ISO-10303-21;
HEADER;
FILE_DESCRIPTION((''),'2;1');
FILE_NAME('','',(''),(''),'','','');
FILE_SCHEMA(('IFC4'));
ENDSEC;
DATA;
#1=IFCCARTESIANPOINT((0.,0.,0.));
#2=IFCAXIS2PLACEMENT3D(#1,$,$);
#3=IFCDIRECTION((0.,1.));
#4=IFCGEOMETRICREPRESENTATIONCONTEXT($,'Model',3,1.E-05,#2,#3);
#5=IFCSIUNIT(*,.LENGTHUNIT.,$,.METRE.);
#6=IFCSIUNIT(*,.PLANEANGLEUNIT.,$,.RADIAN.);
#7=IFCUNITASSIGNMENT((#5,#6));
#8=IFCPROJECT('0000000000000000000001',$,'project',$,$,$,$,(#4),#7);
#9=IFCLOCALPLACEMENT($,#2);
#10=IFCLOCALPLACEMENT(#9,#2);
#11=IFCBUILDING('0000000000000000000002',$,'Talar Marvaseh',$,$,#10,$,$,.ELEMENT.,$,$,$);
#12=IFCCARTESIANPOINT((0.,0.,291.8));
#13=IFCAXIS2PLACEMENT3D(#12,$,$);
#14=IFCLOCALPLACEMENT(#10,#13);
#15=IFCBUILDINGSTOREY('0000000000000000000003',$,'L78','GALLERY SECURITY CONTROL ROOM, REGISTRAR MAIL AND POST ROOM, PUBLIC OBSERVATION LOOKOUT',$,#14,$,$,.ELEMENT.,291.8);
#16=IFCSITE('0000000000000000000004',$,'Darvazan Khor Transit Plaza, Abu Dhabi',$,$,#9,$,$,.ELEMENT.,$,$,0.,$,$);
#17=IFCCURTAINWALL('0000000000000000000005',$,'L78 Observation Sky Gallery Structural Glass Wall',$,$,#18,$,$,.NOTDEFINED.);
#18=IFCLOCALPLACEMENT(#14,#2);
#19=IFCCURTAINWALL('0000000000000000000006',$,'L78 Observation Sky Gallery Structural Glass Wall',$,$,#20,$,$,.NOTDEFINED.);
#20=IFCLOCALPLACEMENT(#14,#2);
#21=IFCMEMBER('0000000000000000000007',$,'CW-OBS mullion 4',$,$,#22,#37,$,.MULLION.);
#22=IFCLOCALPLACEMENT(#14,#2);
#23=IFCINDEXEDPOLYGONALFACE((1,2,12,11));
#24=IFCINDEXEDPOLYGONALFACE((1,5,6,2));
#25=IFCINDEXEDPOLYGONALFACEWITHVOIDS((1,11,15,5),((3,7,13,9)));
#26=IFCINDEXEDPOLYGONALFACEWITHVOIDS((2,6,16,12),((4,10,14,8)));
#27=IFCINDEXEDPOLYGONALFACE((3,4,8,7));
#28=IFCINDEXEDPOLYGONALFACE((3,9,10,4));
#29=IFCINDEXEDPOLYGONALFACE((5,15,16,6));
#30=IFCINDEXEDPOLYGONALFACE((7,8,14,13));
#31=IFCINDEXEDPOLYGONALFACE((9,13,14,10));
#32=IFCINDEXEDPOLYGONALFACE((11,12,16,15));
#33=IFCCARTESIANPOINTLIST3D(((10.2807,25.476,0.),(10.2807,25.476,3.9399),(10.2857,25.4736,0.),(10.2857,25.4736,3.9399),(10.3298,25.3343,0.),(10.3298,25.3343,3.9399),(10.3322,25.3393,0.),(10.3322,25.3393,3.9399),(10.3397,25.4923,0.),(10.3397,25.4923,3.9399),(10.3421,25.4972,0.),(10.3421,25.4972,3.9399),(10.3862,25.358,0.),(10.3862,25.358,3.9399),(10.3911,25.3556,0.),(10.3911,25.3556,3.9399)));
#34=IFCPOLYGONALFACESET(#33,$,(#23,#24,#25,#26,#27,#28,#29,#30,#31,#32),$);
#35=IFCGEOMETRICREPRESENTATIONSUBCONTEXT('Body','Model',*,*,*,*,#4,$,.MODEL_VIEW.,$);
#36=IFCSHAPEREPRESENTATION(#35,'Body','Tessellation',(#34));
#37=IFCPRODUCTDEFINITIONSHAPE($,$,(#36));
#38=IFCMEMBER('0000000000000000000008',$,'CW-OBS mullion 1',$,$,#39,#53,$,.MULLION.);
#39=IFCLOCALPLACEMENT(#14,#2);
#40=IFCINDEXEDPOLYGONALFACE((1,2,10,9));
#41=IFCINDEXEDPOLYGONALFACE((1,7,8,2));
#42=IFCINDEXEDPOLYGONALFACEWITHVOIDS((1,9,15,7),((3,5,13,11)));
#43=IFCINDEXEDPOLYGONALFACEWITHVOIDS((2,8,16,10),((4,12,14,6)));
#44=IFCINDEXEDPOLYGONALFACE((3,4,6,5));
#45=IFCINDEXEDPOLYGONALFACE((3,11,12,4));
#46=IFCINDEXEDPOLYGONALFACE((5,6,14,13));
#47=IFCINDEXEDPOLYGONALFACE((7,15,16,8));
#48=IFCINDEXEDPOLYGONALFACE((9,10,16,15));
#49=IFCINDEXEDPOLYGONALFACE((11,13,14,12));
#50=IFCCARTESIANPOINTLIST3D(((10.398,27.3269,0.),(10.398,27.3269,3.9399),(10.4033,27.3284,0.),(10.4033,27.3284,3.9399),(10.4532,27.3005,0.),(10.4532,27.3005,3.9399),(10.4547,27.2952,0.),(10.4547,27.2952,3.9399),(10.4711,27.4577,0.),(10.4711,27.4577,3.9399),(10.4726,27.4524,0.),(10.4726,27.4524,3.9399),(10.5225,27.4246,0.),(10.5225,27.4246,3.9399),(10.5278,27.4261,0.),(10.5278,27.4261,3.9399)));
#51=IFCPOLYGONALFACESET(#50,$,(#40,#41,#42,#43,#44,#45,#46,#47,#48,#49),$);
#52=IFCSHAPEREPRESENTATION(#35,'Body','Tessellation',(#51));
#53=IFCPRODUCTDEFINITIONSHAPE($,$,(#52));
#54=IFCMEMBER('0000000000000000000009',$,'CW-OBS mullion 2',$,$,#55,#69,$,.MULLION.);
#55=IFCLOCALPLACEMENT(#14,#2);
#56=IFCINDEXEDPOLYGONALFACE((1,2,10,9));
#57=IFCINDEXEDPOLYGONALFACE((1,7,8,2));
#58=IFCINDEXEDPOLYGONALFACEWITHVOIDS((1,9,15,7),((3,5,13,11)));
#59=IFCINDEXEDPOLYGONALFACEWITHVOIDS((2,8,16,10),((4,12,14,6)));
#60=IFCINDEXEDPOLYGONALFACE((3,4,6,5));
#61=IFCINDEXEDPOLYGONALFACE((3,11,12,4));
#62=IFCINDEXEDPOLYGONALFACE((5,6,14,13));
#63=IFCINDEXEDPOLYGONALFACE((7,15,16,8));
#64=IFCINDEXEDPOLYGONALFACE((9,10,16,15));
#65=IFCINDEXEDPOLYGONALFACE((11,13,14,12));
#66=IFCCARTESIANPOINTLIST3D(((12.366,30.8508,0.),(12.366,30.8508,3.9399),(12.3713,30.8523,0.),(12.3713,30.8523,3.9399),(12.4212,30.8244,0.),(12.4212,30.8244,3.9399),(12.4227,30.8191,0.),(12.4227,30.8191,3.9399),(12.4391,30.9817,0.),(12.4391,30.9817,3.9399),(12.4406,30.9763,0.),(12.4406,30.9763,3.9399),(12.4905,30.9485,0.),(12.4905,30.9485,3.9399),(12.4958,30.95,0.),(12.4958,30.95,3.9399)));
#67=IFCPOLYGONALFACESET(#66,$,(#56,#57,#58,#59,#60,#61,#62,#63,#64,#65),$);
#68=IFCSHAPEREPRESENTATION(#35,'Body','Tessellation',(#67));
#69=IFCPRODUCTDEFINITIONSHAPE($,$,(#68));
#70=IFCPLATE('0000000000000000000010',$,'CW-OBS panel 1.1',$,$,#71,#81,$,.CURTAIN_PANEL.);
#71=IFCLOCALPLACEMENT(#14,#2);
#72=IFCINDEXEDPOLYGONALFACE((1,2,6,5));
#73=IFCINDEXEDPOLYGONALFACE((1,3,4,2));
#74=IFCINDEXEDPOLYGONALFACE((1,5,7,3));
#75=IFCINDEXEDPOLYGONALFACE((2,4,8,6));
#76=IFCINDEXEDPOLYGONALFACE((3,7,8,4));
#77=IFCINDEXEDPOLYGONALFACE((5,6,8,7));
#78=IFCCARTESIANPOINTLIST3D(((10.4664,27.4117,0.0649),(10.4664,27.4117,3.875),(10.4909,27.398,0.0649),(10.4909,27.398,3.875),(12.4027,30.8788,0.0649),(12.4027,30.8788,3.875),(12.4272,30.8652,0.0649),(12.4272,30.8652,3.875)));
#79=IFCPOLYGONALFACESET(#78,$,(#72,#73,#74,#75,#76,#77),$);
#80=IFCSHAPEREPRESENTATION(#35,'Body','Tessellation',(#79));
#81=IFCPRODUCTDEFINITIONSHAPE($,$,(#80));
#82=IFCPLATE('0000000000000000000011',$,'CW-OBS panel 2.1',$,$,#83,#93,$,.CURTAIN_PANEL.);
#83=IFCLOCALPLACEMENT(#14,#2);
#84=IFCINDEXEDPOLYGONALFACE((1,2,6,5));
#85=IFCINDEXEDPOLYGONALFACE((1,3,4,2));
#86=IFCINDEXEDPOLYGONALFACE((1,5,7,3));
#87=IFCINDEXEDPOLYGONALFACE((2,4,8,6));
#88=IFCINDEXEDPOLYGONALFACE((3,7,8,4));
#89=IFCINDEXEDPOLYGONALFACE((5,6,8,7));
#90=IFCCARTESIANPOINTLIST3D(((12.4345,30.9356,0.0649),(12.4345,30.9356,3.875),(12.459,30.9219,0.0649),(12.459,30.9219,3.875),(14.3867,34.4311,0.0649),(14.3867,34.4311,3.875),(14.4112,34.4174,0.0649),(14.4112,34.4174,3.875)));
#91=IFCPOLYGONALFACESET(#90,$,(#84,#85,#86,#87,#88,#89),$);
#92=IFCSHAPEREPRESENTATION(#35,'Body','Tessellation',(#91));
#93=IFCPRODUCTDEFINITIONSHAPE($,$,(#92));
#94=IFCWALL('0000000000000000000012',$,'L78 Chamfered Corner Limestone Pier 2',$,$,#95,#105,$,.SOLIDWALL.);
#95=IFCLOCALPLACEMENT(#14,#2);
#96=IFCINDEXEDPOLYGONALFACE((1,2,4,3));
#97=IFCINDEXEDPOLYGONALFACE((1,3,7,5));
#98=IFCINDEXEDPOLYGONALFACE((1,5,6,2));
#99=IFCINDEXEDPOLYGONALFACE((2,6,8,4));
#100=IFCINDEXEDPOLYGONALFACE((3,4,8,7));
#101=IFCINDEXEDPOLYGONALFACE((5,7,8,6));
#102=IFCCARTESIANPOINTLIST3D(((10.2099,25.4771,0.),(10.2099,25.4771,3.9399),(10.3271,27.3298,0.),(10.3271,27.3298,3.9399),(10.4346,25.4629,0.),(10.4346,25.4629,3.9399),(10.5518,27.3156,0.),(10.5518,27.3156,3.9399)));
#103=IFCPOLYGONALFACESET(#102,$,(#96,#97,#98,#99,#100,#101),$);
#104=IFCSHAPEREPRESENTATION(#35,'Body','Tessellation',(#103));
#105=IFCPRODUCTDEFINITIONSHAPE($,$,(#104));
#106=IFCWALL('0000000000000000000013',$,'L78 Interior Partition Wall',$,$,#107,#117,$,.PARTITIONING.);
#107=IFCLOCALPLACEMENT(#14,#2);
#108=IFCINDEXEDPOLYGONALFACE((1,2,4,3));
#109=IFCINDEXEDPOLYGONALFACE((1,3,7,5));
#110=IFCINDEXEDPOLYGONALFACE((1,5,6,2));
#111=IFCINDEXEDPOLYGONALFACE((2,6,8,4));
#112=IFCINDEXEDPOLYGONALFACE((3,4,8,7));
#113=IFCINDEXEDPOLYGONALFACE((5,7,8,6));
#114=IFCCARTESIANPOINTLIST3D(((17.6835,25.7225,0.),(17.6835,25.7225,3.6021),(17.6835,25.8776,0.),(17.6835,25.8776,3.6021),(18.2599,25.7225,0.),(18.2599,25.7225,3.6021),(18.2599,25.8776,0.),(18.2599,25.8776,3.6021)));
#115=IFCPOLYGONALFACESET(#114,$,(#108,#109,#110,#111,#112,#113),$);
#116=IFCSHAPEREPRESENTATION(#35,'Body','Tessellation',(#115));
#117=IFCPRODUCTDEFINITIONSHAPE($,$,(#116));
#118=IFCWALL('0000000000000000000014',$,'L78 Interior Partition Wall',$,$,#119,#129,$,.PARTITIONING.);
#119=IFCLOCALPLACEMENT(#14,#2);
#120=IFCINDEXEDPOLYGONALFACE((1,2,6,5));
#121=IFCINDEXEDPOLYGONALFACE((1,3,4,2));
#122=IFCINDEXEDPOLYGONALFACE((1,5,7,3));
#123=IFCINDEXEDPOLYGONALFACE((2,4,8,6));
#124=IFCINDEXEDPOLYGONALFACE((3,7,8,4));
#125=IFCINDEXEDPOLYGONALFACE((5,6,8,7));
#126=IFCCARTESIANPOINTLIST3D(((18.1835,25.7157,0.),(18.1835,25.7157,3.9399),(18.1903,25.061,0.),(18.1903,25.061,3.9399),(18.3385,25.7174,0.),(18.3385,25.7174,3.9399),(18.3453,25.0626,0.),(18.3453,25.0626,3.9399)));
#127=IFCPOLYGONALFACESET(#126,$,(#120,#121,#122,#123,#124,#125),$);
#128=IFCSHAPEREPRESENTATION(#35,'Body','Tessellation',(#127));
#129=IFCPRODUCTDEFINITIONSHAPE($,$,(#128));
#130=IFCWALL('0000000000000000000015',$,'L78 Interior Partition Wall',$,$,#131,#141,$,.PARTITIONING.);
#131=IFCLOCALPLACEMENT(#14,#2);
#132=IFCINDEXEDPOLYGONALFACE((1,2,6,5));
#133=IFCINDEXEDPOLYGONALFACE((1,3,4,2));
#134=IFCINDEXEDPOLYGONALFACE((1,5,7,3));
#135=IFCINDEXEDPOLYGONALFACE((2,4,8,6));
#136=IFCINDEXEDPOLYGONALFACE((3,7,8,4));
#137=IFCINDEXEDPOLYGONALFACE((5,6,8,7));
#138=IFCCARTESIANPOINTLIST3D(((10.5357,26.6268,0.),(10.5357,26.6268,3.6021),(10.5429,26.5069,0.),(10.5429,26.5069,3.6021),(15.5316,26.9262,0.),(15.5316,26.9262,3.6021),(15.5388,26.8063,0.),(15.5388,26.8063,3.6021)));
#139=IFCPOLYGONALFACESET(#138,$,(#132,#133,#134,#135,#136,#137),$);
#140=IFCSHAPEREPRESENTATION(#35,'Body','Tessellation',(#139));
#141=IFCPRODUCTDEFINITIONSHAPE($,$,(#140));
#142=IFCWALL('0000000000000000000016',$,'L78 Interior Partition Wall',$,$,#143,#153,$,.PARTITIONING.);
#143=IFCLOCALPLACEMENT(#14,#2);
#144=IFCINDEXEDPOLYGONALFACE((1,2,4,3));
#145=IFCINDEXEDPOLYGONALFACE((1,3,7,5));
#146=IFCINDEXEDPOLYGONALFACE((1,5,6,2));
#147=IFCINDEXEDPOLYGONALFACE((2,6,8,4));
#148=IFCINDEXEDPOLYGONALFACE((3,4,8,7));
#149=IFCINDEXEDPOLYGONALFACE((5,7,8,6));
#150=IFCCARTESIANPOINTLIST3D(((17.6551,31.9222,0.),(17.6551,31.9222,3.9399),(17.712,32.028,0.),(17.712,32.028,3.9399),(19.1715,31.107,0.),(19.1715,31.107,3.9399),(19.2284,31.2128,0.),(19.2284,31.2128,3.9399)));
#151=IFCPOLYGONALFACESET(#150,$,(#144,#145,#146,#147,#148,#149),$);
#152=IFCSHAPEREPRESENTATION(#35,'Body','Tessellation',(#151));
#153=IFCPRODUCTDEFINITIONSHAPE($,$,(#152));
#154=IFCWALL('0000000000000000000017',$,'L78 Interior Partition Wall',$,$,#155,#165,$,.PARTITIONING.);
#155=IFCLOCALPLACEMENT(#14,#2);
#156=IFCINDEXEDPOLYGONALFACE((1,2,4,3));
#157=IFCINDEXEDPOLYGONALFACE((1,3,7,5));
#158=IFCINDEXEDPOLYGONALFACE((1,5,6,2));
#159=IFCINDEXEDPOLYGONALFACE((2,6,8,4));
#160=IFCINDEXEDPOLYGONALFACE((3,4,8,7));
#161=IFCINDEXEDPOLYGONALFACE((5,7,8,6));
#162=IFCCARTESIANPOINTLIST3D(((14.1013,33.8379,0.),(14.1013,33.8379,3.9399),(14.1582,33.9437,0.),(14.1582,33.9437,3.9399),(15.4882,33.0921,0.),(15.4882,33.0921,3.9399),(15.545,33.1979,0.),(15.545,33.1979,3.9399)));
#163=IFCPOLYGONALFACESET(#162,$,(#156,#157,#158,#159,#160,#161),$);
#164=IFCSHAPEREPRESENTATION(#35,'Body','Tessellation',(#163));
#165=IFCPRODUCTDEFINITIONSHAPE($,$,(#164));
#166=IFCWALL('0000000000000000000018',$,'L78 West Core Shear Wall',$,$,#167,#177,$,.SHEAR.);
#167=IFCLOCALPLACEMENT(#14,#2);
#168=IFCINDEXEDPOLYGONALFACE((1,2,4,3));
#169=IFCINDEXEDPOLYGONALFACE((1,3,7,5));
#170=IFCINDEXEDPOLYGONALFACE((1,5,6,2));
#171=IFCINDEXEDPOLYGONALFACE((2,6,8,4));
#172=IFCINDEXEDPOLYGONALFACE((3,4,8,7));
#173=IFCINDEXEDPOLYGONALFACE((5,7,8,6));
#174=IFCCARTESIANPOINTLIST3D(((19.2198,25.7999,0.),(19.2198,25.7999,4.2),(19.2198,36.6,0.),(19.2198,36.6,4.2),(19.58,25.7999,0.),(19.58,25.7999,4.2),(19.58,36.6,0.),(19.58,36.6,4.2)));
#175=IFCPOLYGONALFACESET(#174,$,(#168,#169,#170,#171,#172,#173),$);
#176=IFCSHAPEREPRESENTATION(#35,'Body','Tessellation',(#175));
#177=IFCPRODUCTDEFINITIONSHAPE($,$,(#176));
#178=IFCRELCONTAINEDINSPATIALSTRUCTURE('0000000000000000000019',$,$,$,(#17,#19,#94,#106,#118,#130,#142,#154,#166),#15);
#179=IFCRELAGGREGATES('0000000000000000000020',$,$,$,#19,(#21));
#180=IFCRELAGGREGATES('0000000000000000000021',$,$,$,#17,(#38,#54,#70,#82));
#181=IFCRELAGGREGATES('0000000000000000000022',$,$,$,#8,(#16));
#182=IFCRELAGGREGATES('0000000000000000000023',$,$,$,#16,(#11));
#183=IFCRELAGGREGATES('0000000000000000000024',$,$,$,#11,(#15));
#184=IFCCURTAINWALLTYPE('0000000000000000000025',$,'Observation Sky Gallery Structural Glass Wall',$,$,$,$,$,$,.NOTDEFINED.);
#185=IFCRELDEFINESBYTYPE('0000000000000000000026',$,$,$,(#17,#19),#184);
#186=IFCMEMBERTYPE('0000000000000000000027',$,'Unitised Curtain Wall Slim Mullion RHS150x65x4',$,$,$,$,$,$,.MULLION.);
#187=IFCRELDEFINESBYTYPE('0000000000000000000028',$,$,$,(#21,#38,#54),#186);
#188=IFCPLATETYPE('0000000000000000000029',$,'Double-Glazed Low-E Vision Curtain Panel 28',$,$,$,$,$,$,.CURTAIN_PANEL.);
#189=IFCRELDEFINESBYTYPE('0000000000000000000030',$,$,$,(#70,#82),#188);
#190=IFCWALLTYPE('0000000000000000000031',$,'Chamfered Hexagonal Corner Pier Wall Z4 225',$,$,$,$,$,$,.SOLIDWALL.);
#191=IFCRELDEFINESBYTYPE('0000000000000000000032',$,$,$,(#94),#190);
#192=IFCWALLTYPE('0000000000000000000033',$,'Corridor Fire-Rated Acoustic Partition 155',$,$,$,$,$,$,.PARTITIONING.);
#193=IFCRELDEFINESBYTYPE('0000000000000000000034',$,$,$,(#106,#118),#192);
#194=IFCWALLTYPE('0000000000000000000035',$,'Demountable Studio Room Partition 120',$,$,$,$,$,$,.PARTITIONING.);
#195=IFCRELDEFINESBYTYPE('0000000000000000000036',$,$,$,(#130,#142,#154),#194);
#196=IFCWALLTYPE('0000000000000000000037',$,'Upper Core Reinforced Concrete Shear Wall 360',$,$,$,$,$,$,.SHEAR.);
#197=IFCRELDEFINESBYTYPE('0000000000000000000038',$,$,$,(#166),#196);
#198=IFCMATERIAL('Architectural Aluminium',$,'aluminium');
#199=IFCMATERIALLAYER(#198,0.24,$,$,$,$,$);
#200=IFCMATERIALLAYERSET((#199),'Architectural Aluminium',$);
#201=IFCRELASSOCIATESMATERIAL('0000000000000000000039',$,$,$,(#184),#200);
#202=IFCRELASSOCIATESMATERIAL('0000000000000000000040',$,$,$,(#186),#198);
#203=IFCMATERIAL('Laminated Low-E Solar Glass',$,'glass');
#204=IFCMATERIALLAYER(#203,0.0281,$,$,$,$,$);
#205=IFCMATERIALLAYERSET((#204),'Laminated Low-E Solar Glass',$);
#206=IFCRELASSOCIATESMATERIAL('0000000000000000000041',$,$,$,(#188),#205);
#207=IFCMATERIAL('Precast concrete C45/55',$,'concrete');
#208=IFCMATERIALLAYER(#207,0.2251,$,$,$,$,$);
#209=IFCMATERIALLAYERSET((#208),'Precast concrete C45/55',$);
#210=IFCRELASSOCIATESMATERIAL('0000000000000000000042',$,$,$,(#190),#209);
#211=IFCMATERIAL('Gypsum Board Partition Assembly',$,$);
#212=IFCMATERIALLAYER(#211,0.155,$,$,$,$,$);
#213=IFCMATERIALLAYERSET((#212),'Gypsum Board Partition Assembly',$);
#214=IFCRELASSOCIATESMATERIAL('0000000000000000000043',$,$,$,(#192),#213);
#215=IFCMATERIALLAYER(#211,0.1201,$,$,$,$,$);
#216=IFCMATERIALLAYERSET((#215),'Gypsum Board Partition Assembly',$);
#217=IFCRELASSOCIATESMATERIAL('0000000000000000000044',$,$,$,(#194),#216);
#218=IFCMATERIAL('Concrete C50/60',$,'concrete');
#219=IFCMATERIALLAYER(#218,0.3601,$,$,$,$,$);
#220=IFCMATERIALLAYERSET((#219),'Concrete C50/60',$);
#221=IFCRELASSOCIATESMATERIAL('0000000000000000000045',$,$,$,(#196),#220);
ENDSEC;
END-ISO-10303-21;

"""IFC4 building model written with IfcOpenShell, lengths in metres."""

from ifc_helpers import new_model, si_unit, direction, frame, frame_2d, origin, origin_2d, place, context, subcontext, project, spatial, rectangle, hollow_rectangle, extrude, source, transform, mapped, material, layer, layer_set, material_profile, profile_set, type_object, type_shapes, element, aggregate, save


model = new_model("IFC4")

# Units and contexts
model_context = context("Model", 3, precision=1e-05, world=origin(), true_north=direction((0.0, 1.0)))
body_context = subcontext(model_context, "Body", "Model", "MODEL_VIEW")
ifc_project = project(units=[si_unit("LENGTHUNIT", "METRE"), si_unit("PLANEANGLEUNIT", "RADIAN")], contexts=[model_context])

# Site, building, storey
site_placement = place(None, origin())
site = spatial("IfcSite", under=ifc_project, at=site_placement, Name="Darvazan Khor Transit Plaza, Abu Dhabi", CompositionType="ELEMENT", RefElevation=0.0)
building_placement = place(site_placement, origin())
building = spatial("IfcBuilding", under=site, at=building_placement, Name="Talar Marvaseh", CompositionType="ELEMENT")
storey_placement = place(building_placement, frame((0.0, 0.0, 291.8)))
storey = spatial("IfcBuildingStorey", under=building, at=storey_placement, Name="L78", Description="GALLERY SECURITY CONTROL ROOM, REGISTRAR MAIL AND POST ROOM, PUBLIC OBSERVATION LOOKOUT", CompositionType="ELEMENT", Elevation=291.8)

# Shared definitions
ifc_material_1 = material(Name="Concrete C50/60", Category="concrete")

# Curtain wall
ifc_material_2 = material(Name="Architectural Aluminium", Category="aluminium")
ifc_layer_1 = layer(ifc_material_2, 0.24)
ifc_layer_set_1 = layer_set([ifc_layer_1], Name="Architectural Aluminium")
curtain_wall_type = type_object("IfcCurtainWallType", Name="Observation Sky Gallery Structural Glass Wall", PredefinedType="NOTDEFINED", material=ifc_layer_set_1)
curtain_wall_1_placement = place(storey_placement, origin())
curtain_wall_1 = element("IfcCurtainWall", 1, at=curtain_wall_1_placement, inside=storey, type_object=curtain_wall_type, Name="L78 Observation Sky Gallery Structural Glass Wall", PredefinedType="NOTDEFINED")

# Curtain wall, member
curtain_wall_2_placement = place(storey_placement, origin())
curtain_wall_2 = element("IfcCurtainWall", 2, at=curtain_wall_2_placement, inside=storey, type_object=curtain_wall_type, Name="L78 Observation Sky Gallery Structural Glass Wall", PredefinedType="NOTDEFINED")
ifc_material_profile_1 = material_profile(ifc_material_2, hollow_rectangle(XDim=0.0649, YDim=0.1499, WallThickness=0.0039, at=origin_2d()), Name="RHS150x65x4")
ifc_profile_set_1 = profile_set([ifc_material_profile_1], Name="Architectural Aluminium")
member_type_1 = type_object("IfcMemberType", Name="Unitised Curtain Wall Slim Mullion RHS150x65x4", PredefinedType="MULLION", material=ifc_profile_set_1)
shared_shape_1 = source(origin(), body_context, "Body", "SweptSolid", [
    extrude(hollow_rectangle(XDim=0.0649, YDim=0.1499, WallThickness=0.0039, at=origin_2d()), origin(), (0.0, 0.0, 1.0), 3.9399),
])
type_shapes(member_type_1, [shared_shape_1])
member_1_placement = place(storey_placement, frame((10.3359, 25.4158, 0.0), z_axis=(0.0, 0.0, 1.0), x_axis=(-0.944972, -0.327151, 0.0)))
member_1 = element("IfcMember", 3, at=member_1_placement, type_object=member_type_1, Name="CW-OBS mullion 4", PredefinedType="MULLION", context=body_context, shape_type="MappedRepresentation", body=[
    mapped(shared_shape_1, transform((0.0, 0.0, 0.0), x_axis=(1.0, 0.0, 0.0), y_axis=(0.0, 1.0, 0.0), z_axis=(0.0, 0.0, 1.0), scale=1.0)),
])
aggregate(curtain_wall_2, [member_1])

# Members
member_2_placement = place(storey_placement, frame((10.4629, 27.3765, 0.0), z_axis=(0.0, 0.0, 1.0), x_axis=(-0.873073, 0.487589, 0.0)))
member_2 = element("IfcMember", 4, at=member_2_placement, type_object=member_type_1, Name="CW-OBS mullion 1", PredefinedType="MULLION", context=body_context, shape_type="MappedRepresentation", body=[
    mapped(shared_shape_1, transform((0.0, 0.0, 0.0), x_axis=(1.0, 0.0, 0.0), y_axis=(0.0, 1.0, 0.0), z_axis=(0.0, 0.0, 1.0), scale=1.0)),
])
member_3_placement = place(storey_placement, frame((12.4309, 30.9004, 0.0), z_axis=(0.0, 0.0, 1.0), x_axis=(-0.873073, 0.487589, 0.0)))
member_3 = element("IfcMember", 5, at=member_3_placement, type_object=member_type_1, Name="CW-OBS mullion 2", PredefinedType="MULLION", context=body_context, shape_type="MappedRepresentation", body=[
    mapped(shared_shape_1, transform((0.0, 0.0, 0.0), x_axis=(1.0, 0.0, 0.0), y_axis=(0.0, 1.0, 0.0), z_axis=(0.0, 0.0, 1.0), scale=1.0)),
])

# Plates
ifc_material_3 = material(Name="Laminated Low-E Solar Glass", Category="glass")
ifc_layer_2 = layer(ifc_material_3, 0.0281)
ifc_layer_set_2 = layer_set([ifc_layer_2], Name="Laminated Low-E Solar Glass")
plate_type = type_object("IfcPlateType", Name="Double-Glazed Low-E Vision Curtain Panel 28", PredefinedType="CURTAIN_PANEL", material=ifc_layer_set_2)
shared_shape_2 = source(origin(), body_context, "Body", "SweptSolid", [
    extrude(rectangle(XDim=3.9712, YDim=0.0281, at=origin_2d()), origin(), (0.0, 0.0, 1.0), 3.8101),
])
plate_1_placement = place(storey_placement, frame((11.4468, 29.1384, 0.0649), z_axis=(0.0, 0.0, 1.0), x_axis=(0.487589, 0.873073, 0.0)))
plate_1 = element("IfcPlate", 6, at=plate_1_placement, type_object=plate_type, Name="CW-OBS panel 1.1", PredefinedType="CURTAIN_PANEL", context=body_context, shape_type="MappedRepresentation", body=[
    mapped(shared_shape_2, transform((0.0, 0.0, 0.0), x_axis=(1.0, 0.0, 0.0), y_axis=(0.0, 1.0, 0.0), z_axis=(0.0, 0.0, 1.0), scale=1.0)),
])
shared_shape_3 = source(origin(), body_context, "Body", "SweptSolid", [
    extrude(rectangle(XDim=4.0037, YDim=0.0281, at=origin_2d()), origin(), (0.0, 0.0, 1.0), 3.8101),
])
type_shapes(plate_type, [shared_shape_2, shared_shape_3])
plate_2_placement = place(storey_placement, frame((13.4229, 32.6765, 0.0649), z_axis=(0.0, 0.0, 1.0), x_axis=(0.487589, 0.873073, 0.0)))
plate_2 = element("IfcPlate", 7, at=plate_2_placement, type_object=plate_type, Name="CW-OBS panel 2.1", PredefinedType="CURTAIN_PANEL", context=body_context, shape_type="MappedRepresentation", body=[
    mapped(shared_shape_3, transform((0.0, 0.0, 0.0), x_axis=(1.0, 0.0, 0.0), y_axis=(0.0, 1.0, 0.0), z_axis=(0.0, 0.0, 1.0), scale=1.0)),
])
aggregate(curtain_wall_1, [member_2, member_3, plate_1, plate_2])

# Walls
ifc_material_4 = material(Name="Precast concrete C45/55", Category="concrete")
ifc_layer_3 = layer(ifc_material_4, 0.2251)
ifc_layer_set_3 = layer_set([ifc_layer_3], Name="Precast concrete C45/55")
wall_type_1 = type_object("IfcWallType", Name="Chamfered Hexagonal Corner Pier Wall Z4 225", PredefinedType="SOLIDWALL", material=ifc_layer_set_3)
wall_1_placement = place(storey_placement, frame((10.3223, 25.47, 0.0), z_axis=(0.0, 0.0, 1.0), x_axis=(0.063123, 0.998006, 0.0)))
element("IfcWall", 8, at=wall_1_placement, inside=storey, type_object=wall_type_1, Name="L78 Chamfered Corner Limestone Pier 2", PredefinedType="SOLIDWALL", context=body_context, shape_type="SweptSolid", body=[
    extrude(rectangle(XDim=1.8564, YDim=0.2251, at=frame_2d((0.9282, 0.0))), origin(), (0.0, 0.0, 1.0), 3.9399),
])
ifc_material_5 = material(Name="Gypsum Board Partition Assembly")
ifc_layer_4 = layer(ifc_material_5, 0.155)
ifc_layer_set_4 = layer_set([ifc_layer_4], Name="Gypsum Board Partition Assembly")
wall_type_2 = type_object("IfcWallType", Name="Corridor Fire-Rated Acoustic Partition 155", PredefinedType="PARTITIONING", material=ifc_layer_set_4)
wall_2_placement = place(storey_placement, frame((17.6836, 25.8, 0.0), z_axis=(0.0, 0.0, 1.0), x_axis=(1.0, 0.0, 0.0)))
element("IfcWall", 9, at=wall_2_placement, inside=storey, type_object=wall_type_2, Name="L78 Interior Partition Wall", PredefinedType="PARTITIONING", context=body_context, shape_type="SweptSolid", body=[
    extrude(rectangle(XDim=0.5764, YDim=0.155, at=frame_2d((0.2881, 0.0))), origin(), (0.0, 0.0, 1.0), 3.6021),
])
wall_3_placement = place(storey_placement, frame((18.261, 25.7166, 0.0), z_axis=(0.0, 0.0, 1.0), x_axis=(0.010439, -0.999946, 0.0)))
element("IfcWall", 10, at=wall_3_placement, inside=storey, type_object=wall_type_2, Name="L78 Interior Partition Wall", PredefinedType="PARTITIONING", context=body_context, shape_type="SweptSolid", body=[
    extrude(rectangle(XDim=0.6548, YDim=0.155, at=frame_2d((0.3274, 0.0))), origin(), (0.0, 0.0, 1.0), 3.9399),
])
ifc_layer_5 = layer(ifc_material_5, 0.1201)
ifc_layer_set_5 = layer_set([ifc_layer_5], Name="Gypsum Board Partition Assembly")
wall_type_3 = type_object("IfcWallType", Name="Demountable Studio Room Partition 120", PredefinedType="PARTITIONING", material=ifc_layer_set_5)
wall_4_placement = place(storey_placement, frame((10.5393, 26.5669, 0.0), z_axis=(0.0, 0.0, 1.0), x_axis=(0.99821, 0.059806, 0.0)))
element("IfcWall", 11, at=wall_4_placement, inside=storey, type_object=wall_type_3, Name="L78 Interior Partition Wall", PredefinedType="PARTITIONING", context=body_context, shape_type="SweptSolid", body=[
    extrude(rectangle(XDim=5.0049, YDim=0.1201, at=frame_2d((2.5024, 0.0))), origin(), (0.0, 0.0, 1.0), 3.6021),
])
wall_5_placement = place(storey_placement, frame((19.2, 31.1599, 0.0), z_axis=(0.0, 0.0, 1.0), x_axis=(-0.88079, 0.473508, 0.0)))
element("IfcWall", 12, at=wall_5_placement, inside=storey, type_object=wall_type_3, Name="L78 Interior Partition Wall", PredefinedType="PARTITIONING", context=body_context, shape_type="SweptSolid", body=[
    extrude(rectangle(XDim=1.7217, YDim=0.1201, at=frame_2d((0.8608, 0.0))), origin(), (0.0, 0.0, 1.0), 3.9399),
])
wall_6_placement = place(storey_placement, frame((15.5166, 33.145, 0.0), z_axis=(0.0, 0.0, 1.0), x_axis=(-0.88073, 0.473619, 0.0)))
element("IfcWall", 13, at=wall_6_placement, inside=storey, type_object=wall_type_3, Name="L78 Interior Partition Wall", PredefinedType="PARTITIONING", context=body_context, shape_type="SweptSolid", body=[
    extrude(rectangle(XDim=1.5747, YDim=0.1201, at=frame_2d((0.7874, 0.0))), origin(), (0.0, 0.0, 1.0), 3.9399),
])
ifc_layer_6 = layer(ifc_material_1, 0.3601)
ifc_layer_set_6 = layer_set([ifc_layer_6], Name="Concrete C50/60")
wall_type_4 = type_object("IfcWallType", Name="Upper Core Reinforced Concrete Shear Wall 360", PredefinedType="SHEAR", material=ifc_layer_set_6)
wall_7_placement = place(storey_placement, frame((19.3999, 25.8, 0.0), z_axis=(0.0, 0.0, 1.0), x_axis=(0.0, 1.0, 0.0)))
element("IfcWall", 14, at=wall_7_placement, inside=storey, type_object=wall_type_4, Name="L78 West Core Shear Wall", PredefinedType="SHEAR", context=body_context, shape_type="SweptSolid", body=[
    extrude(rectangle(XDim=10.8, YDim=0.3601, at=frame_2d((5.3999, 0.0))), origin(), (0.0, 0.0, 1.0), 4.2),
])

save(model, "model.ifc")
